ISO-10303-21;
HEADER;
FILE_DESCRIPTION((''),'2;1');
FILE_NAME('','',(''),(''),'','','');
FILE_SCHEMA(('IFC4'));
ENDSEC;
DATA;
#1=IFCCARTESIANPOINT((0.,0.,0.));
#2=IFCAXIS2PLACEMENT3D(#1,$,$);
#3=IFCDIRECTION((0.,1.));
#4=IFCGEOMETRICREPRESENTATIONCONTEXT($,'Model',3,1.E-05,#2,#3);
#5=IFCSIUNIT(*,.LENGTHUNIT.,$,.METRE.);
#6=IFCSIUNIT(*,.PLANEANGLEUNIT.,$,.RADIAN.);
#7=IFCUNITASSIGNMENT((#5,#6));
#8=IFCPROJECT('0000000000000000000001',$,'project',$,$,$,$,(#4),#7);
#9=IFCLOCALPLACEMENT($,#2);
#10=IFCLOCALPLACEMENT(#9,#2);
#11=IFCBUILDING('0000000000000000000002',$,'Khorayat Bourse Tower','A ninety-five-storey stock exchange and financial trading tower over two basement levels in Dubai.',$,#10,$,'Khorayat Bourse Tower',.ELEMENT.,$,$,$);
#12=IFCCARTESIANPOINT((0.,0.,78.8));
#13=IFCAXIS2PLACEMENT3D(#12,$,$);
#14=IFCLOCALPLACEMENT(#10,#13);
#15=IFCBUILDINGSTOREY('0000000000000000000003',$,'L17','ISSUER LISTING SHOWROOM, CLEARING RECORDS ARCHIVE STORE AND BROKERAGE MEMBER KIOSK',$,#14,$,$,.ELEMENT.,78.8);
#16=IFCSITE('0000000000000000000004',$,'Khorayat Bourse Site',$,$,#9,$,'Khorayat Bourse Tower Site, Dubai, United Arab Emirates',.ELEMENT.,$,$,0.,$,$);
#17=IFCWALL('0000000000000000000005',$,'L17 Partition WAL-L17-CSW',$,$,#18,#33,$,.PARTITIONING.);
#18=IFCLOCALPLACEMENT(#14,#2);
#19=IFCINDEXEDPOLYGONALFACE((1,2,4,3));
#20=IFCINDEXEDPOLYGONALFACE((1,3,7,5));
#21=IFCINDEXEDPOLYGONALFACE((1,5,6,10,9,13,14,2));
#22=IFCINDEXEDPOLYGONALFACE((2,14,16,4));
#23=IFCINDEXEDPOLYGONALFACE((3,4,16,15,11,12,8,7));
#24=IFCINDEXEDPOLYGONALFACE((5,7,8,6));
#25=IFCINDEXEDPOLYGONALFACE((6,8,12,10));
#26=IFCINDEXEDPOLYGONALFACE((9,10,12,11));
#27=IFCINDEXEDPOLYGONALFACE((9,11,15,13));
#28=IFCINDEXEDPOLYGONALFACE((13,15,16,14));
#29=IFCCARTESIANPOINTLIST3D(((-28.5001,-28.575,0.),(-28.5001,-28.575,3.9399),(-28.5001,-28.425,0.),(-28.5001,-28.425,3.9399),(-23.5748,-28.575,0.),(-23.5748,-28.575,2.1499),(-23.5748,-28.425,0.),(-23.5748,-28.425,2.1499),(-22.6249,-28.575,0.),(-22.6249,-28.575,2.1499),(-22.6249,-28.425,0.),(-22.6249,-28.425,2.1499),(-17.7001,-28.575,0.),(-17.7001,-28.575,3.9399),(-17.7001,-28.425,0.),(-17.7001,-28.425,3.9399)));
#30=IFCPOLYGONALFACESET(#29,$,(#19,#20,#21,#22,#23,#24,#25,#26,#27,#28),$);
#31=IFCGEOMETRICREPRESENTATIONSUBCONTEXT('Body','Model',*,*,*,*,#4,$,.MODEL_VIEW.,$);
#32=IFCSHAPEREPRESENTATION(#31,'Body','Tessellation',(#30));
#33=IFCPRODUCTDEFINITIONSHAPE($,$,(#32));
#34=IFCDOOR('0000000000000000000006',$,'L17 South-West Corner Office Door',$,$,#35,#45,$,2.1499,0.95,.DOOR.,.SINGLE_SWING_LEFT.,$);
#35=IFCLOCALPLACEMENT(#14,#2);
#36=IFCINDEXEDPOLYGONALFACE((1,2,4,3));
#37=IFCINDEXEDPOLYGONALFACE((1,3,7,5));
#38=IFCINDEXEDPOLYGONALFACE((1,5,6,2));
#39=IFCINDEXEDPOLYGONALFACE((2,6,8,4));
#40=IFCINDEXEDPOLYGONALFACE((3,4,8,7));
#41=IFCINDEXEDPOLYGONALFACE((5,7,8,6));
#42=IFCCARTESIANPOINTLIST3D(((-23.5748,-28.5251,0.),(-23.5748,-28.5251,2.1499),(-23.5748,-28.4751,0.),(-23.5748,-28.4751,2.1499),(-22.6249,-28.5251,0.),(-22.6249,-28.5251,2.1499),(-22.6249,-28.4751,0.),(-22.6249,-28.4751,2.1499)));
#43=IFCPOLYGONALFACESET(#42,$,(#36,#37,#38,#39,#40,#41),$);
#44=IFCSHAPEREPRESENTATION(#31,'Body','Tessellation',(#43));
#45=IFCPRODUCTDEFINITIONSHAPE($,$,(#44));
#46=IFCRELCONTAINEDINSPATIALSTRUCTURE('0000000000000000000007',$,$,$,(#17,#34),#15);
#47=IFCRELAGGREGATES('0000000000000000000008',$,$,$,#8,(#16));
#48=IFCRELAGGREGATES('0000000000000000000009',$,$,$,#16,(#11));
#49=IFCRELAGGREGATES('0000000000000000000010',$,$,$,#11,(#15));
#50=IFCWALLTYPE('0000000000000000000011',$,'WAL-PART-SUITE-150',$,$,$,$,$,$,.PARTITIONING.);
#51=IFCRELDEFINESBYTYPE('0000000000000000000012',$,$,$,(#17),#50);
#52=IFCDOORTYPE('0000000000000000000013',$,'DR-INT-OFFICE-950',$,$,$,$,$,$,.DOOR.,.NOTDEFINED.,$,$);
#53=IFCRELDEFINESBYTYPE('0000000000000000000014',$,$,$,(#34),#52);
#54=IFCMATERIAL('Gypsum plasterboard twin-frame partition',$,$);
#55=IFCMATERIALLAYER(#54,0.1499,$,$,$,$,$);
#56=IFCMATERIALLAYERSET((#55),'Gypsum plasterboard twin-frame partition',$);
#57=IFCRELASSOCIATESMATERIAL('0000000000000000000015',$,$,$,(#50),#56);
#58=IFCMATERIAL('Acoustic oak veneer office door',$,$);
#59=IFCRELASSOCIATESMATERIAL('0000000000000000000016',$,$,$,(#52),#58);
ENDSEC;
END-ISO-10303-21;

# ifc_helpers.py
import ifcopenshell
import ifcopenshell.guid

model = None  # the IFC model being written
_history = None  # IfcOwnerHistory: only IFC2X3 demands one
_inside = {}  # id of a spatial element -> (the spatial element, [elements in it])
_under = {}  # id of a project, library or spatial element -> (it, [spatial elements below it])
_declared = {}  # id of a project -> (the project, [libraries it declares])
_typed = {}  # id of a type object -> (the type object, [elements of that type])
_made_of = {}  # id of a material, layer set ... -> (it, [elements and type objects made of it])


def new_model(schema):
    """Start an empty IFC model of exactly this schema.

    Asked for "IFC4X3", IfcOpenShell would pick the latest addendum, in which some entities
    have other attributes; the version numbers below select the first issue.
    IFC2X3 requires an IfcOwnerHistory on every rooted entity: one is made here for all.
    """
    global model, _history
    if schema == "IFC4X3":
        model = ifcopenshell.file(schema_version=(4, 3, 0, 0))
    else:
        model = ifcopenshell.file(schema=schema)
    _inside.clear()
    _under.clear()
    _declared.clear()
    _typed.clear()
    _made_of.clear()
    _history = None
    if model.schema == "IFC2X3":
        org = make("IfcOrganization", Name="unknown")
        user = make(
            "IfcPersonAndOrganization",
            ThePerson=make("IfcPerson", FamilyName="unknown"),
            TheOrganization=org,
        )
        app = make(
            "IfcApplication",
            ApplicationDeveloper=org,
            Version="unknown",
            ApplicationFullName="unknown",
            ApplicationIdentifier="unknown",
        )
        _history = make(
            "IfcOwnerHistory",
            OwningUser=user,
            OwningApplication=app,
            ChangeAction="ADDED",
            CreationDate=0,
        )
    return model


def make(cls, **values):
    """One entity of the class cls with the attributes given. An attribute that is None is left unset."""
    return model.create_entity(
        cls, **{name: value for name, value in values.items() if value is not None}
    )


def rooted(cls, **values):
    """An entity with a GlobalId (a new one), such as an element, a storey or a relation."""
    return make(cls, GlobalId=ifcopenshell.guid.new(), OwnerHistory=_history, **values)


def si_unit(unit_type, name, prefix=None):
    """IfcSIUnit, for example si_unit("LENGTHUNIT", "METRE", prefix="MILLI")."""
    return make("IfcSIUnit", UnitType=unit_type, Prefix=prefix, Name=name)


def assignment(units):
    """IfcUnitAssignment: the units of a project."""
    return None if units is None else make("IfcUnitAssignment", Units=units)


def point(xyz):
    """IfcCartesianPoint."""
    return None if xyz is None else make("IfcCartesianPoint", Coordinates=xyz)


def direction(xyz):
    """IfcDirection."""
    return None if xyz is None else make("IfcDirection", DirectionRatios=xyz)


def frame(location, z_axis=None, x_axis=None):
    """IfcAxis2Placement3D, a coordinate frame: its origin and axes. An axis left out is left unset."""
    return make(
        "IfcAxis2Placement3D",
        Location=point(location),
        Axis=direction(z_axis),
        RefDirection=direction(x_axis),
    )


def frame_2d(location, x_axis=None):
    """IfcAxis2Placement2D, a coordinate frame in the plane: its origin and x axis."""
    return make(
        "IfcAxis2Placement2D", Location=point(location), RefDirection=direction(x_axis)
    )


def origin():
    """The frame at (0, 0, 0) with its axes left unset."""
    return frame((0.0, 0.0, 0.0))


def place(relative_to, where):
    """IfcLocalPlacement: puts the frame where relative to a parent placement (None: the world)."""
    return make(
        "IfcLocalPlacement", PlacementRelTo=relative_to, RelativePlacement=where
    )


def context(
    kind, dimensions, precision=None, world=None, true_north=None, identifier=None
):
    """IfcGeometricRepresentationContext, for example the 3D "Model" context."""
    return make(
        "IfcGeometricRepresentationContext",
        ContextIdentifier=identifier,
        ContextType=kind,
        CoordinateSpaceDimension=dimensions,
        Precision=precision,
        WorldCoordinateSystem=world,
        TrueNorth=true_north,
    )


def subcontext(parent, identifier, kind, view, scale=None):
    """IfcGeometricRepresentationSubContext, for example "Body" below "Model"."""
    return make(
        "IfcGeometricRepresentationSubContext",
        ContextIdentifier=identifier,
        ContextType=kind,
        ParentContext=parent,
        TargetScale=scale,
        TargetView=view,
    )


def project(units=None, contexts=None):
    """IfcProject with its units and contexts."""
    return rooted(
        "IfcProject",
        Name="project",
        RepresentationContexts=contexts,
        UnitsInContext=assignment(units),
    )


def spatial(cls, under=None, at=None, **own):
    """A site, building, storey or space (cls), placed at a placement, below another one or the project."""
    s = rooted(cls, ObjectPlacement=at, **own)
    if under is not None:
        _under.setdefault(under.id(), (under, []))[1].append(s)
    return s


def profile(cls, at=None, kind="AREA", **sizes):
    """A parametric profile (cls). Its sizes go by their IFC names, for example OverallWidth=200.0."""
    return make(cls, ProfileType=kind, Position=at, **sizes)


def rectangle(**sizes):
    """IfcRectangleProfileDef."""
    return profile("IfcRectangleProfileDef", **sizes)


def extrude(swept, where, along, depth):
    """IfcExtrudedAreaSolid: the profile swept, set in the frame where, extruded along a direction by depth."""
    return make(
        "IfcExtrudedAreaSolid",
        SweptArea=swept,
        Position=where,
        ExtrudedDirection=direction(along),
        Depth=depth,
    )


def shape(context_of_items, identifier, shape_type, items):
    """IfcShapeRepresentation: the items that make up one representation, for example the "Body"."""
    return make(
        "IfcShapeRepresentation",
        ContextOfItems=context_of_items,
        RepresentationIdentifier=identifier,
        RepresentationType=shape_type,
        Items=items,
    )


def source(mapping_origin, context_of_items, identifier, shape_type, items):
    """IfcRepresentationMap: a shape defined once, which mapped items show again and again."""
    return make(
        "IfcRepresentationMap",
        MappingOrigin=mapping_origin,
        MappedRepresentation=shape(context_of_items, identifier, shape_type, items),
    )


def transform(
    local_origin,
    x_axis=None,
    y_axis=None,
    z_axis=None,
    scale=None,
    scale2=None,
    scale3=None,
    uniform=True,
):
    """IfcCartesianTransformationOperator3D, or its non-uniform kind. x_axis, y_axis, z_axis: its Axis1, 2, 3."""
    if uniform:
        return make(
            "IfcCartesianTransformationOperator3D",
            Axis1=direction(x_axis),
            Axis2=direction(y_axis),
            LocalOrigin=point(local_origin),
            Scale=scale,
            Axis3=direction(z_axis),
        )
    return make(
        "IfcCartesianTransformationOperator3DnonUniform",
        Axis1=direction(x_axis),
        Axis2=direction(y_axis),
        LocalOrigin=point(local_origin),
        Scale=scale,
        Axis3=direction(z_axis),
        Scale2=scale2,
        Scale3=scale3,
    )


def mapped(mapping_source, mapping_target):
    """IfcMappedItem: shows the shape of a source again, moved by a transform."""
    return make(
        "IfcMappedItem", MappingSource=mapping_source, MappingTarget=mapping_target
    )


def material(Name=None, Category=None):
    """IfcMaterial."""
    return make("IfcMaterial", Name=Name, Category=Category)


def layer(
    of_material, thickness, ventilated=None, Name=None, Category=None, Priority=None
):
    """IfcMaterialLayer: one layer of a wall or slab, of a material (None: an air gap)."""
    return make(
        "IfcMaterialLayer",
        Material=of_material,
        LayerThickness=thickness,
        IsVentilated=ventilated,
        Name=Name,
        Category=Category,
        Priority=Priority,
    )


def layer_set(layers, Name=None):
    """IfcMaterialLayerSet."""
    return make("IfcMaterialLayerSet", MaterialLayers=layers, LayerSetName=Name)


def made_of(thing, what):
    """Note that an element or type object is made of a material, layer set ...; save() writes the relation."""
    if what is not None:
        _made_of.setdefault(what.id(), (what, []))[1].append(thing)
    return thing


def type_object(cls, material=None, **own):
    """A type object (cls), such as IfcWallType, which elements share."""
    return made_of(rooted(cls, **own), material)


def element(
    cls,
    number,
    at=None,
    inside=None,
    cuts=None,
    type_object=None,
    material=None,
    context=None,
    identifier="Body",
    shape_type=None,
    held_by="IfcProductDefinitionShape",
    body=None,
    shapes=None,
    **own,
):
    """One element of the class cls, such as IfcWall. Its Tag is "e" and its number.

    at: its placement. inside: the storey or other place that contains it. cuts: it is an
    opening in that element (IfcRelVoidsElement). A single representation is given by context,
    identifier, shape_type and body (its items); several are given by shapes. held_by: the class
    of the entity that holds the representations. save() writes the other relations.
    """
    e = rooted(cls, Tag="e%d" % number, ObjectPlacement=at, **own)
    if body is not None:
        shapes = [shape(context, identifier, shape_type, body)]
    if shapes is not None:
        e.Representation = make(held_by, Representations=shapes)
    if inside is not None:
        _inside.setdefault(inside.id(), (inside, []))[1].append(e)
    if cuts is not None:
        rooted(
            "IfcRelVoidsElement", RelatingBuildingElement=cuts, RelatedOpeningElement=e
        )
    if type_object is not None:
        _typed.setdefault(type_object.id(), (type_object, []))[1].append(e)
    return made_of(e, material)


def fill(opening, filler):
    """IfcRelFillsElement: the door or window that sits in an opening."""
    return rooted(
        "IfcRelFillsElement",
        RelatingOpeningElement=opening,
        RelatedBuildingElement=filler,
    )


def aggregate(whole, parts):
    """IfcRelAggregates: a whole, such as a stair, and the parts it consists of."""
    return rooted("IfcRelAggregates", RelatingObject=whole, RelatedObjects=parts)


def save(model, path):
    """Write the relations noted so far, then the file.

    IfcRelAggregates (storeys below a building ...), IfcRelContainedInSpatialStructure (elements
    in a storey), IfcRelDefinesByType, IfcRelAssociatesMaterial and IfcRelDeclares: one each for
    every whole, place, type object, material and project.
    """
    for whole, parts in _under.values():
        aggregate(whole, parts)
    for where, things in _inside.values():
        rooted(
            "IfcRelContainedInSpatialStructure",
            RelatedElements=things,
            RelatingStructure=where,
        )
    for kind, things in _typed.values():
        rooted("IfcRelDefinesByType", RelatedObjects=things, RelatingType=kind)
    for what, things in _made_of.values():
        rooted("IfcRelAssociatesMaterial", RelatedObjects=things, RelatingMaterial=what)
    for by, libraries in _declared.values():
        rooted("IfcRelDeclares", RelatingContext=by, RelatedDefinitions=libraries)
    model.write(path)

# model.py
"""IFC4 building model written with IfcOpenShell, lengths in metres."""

from ifc_helpers import new_model, si_unit, direction, frame, frame_2d, origin, place, context, subcontext, project, spatial, rectangle, extrude, source, transform, mapped, material, layer, layer_set, type_object, element, fill, save


model = new_model("IFC4")

# Units and contexts
model_context = context("Model", 3, precision=1e-05, world=origin(), true_north=direction((0.0, 1.0)))
body_context = subcontext(model_context, "Body", "Model", "MODEL_VIEW")
ifc_project = project(units=[si_unit("LENGTHUNIT", "METRE"), si_unit("PLANEANGLEUNIT", "RADIAN")], contexts=[model_context])

# Site, building, storey
site_placement = place(None, origin())
site = spatial("IfcSite", under=ifc_project, at=site_placement, Name="Khorayat Bourse Site", LongName="Khorayat Bourse Tower Site, Dubai, United Arab Emirates", CompositionType="ELEMENT", RefElevation=0.0)
building_placement = place(site_placement, origin())
building = spatial("IfcBuilding", under=site, at=building_placement, Name="Khorayat Bourse Tower", Description="A ninety-five-storey stock exchange and financial trading tower over two basement levels in Dubai.", LongName="Khorayat Bourse Tower", CompositionType="ELEMENT")
storey_placement = place(building_placement, frame((0.0, 0.0, 78.8)))
storey = spatial("IfcBuildingStorey", under=building, at=storey_placement, Name="L17", Description="ISSUER LISTING SHOWROOM, CLEARING RECORDS ARCHIVE STORE AND BROKERAGE MEMBER KIOSK", CompositionType="ELEMENT", Elevation=78.8)

# Wall, opening, door
ifc_material_1 = material(Name="Gypsum plasterboard twin-frame partition")
ifc_layer_1 = layer(ifc_material_1, 0.1499)
ifc_layer_set_1 = layer_set([ifc_layer_1], Name="Gypsum plasterboard twin-frame partition")
wall_type_1 = type_object("IfcWallType", Name="WAL-PART-SUITE-150", PredefinedType="PARTITIONING", material=ifc_layer_set_1)
shared_shape_1 = source(origin(), body_context, "Body", "SweptSolid", [
    extrude(rectangle(XDim=10.8, YDim=0.1499, at=frame_2d((5.3999, 0.0))), origin(), (0.0, 0.0, 1.0), 3.9399),
])
wall_1_placement = place(storey_placement, frame((-28.5, -28.5, 0.0), z_axis=(0.0, 0.0, 1.0), x_axis=(1.0, 0.0, 0.0)))
wall_1 = element("IfcWall", 1, at=wall_1_placement, inside=storey, type_object=wall_type_1, Name="L17 Partition WAL-L17-CSW", PredefinedType="PARTITIONING", context=body_context, shape_type="MappedRepresentation", body=[
    mapped(shared_shape_1, transform((0.0, 0.0, 0.0), scale=1.0)),
])
shared_shape_2 = source(origin(), body_context, "Body", "SweptSolid", [
    extrude(rectangle(XDim=0.95, YDim=2.1499, at=frame_2d((0.4751, 1.075))), frame((0.0, 0.085, 0.0), z_axis=(0.0, -1.0, 0.0), x_axis=(1.0, 0.0, 0.0)), (0.0, 0.0, 1.0), 0.1699),
])
opening_1_placement = place(wall_1_placement, frame((4.925, 0.0, 0.0)))
opening_1 = element("IfcOpeningElement", 2, at=opening_1_placement, cuts=wall_1, PredefinedType="OPENING", context=body_context, shape_type="MappedRepresentation", body=[
    mapped(shared_shape_2, transform((0.0, 0.0, 0.0), scale=1.0)),
])
ifc_material_2 = material(Name="Acoustic oak veneer office door")
door_type = type_object("IfcDoorType", Name="DR-INT-OFFICE-950", OperationType="NOTDEFINED", PredefinedType="DOOR", material=ifc_material_2)
shared_shape_3 = source(origin(), body_context, "Body", "SweptSolid", [
    extrude(rectangle(XDim=0.95, YDim=2.1499, at=frame_2d((0.4751, 1.075))), frame((0.0, 0.0249, 0.0), z_axis=(0.0, -1.0, 0.0), x_axis=(1.0, 0.0, 0.0)), (0.0, 0.0, 1.0), 0.05),
])
door_placement = place(opening_1_placement, origin())
door = element("IfcDoor", 3, at=door_placement, inside=storey, type_object=door_type, Name="L17 South-West Corner Office Door", OperationType="SINGLE_SWING_LEFT", OverallHeight=2.1499, OverallWidth=0.95, PredefinedType="DOOR", context=body_context, shape_type="MappedRepresentation", body=[
    mapped(shared_shape_3, transform((0.0, 0.0, 0.0), scale=1.0)),
])
fill(opening_1, door)

save(model, "model.ifc")
